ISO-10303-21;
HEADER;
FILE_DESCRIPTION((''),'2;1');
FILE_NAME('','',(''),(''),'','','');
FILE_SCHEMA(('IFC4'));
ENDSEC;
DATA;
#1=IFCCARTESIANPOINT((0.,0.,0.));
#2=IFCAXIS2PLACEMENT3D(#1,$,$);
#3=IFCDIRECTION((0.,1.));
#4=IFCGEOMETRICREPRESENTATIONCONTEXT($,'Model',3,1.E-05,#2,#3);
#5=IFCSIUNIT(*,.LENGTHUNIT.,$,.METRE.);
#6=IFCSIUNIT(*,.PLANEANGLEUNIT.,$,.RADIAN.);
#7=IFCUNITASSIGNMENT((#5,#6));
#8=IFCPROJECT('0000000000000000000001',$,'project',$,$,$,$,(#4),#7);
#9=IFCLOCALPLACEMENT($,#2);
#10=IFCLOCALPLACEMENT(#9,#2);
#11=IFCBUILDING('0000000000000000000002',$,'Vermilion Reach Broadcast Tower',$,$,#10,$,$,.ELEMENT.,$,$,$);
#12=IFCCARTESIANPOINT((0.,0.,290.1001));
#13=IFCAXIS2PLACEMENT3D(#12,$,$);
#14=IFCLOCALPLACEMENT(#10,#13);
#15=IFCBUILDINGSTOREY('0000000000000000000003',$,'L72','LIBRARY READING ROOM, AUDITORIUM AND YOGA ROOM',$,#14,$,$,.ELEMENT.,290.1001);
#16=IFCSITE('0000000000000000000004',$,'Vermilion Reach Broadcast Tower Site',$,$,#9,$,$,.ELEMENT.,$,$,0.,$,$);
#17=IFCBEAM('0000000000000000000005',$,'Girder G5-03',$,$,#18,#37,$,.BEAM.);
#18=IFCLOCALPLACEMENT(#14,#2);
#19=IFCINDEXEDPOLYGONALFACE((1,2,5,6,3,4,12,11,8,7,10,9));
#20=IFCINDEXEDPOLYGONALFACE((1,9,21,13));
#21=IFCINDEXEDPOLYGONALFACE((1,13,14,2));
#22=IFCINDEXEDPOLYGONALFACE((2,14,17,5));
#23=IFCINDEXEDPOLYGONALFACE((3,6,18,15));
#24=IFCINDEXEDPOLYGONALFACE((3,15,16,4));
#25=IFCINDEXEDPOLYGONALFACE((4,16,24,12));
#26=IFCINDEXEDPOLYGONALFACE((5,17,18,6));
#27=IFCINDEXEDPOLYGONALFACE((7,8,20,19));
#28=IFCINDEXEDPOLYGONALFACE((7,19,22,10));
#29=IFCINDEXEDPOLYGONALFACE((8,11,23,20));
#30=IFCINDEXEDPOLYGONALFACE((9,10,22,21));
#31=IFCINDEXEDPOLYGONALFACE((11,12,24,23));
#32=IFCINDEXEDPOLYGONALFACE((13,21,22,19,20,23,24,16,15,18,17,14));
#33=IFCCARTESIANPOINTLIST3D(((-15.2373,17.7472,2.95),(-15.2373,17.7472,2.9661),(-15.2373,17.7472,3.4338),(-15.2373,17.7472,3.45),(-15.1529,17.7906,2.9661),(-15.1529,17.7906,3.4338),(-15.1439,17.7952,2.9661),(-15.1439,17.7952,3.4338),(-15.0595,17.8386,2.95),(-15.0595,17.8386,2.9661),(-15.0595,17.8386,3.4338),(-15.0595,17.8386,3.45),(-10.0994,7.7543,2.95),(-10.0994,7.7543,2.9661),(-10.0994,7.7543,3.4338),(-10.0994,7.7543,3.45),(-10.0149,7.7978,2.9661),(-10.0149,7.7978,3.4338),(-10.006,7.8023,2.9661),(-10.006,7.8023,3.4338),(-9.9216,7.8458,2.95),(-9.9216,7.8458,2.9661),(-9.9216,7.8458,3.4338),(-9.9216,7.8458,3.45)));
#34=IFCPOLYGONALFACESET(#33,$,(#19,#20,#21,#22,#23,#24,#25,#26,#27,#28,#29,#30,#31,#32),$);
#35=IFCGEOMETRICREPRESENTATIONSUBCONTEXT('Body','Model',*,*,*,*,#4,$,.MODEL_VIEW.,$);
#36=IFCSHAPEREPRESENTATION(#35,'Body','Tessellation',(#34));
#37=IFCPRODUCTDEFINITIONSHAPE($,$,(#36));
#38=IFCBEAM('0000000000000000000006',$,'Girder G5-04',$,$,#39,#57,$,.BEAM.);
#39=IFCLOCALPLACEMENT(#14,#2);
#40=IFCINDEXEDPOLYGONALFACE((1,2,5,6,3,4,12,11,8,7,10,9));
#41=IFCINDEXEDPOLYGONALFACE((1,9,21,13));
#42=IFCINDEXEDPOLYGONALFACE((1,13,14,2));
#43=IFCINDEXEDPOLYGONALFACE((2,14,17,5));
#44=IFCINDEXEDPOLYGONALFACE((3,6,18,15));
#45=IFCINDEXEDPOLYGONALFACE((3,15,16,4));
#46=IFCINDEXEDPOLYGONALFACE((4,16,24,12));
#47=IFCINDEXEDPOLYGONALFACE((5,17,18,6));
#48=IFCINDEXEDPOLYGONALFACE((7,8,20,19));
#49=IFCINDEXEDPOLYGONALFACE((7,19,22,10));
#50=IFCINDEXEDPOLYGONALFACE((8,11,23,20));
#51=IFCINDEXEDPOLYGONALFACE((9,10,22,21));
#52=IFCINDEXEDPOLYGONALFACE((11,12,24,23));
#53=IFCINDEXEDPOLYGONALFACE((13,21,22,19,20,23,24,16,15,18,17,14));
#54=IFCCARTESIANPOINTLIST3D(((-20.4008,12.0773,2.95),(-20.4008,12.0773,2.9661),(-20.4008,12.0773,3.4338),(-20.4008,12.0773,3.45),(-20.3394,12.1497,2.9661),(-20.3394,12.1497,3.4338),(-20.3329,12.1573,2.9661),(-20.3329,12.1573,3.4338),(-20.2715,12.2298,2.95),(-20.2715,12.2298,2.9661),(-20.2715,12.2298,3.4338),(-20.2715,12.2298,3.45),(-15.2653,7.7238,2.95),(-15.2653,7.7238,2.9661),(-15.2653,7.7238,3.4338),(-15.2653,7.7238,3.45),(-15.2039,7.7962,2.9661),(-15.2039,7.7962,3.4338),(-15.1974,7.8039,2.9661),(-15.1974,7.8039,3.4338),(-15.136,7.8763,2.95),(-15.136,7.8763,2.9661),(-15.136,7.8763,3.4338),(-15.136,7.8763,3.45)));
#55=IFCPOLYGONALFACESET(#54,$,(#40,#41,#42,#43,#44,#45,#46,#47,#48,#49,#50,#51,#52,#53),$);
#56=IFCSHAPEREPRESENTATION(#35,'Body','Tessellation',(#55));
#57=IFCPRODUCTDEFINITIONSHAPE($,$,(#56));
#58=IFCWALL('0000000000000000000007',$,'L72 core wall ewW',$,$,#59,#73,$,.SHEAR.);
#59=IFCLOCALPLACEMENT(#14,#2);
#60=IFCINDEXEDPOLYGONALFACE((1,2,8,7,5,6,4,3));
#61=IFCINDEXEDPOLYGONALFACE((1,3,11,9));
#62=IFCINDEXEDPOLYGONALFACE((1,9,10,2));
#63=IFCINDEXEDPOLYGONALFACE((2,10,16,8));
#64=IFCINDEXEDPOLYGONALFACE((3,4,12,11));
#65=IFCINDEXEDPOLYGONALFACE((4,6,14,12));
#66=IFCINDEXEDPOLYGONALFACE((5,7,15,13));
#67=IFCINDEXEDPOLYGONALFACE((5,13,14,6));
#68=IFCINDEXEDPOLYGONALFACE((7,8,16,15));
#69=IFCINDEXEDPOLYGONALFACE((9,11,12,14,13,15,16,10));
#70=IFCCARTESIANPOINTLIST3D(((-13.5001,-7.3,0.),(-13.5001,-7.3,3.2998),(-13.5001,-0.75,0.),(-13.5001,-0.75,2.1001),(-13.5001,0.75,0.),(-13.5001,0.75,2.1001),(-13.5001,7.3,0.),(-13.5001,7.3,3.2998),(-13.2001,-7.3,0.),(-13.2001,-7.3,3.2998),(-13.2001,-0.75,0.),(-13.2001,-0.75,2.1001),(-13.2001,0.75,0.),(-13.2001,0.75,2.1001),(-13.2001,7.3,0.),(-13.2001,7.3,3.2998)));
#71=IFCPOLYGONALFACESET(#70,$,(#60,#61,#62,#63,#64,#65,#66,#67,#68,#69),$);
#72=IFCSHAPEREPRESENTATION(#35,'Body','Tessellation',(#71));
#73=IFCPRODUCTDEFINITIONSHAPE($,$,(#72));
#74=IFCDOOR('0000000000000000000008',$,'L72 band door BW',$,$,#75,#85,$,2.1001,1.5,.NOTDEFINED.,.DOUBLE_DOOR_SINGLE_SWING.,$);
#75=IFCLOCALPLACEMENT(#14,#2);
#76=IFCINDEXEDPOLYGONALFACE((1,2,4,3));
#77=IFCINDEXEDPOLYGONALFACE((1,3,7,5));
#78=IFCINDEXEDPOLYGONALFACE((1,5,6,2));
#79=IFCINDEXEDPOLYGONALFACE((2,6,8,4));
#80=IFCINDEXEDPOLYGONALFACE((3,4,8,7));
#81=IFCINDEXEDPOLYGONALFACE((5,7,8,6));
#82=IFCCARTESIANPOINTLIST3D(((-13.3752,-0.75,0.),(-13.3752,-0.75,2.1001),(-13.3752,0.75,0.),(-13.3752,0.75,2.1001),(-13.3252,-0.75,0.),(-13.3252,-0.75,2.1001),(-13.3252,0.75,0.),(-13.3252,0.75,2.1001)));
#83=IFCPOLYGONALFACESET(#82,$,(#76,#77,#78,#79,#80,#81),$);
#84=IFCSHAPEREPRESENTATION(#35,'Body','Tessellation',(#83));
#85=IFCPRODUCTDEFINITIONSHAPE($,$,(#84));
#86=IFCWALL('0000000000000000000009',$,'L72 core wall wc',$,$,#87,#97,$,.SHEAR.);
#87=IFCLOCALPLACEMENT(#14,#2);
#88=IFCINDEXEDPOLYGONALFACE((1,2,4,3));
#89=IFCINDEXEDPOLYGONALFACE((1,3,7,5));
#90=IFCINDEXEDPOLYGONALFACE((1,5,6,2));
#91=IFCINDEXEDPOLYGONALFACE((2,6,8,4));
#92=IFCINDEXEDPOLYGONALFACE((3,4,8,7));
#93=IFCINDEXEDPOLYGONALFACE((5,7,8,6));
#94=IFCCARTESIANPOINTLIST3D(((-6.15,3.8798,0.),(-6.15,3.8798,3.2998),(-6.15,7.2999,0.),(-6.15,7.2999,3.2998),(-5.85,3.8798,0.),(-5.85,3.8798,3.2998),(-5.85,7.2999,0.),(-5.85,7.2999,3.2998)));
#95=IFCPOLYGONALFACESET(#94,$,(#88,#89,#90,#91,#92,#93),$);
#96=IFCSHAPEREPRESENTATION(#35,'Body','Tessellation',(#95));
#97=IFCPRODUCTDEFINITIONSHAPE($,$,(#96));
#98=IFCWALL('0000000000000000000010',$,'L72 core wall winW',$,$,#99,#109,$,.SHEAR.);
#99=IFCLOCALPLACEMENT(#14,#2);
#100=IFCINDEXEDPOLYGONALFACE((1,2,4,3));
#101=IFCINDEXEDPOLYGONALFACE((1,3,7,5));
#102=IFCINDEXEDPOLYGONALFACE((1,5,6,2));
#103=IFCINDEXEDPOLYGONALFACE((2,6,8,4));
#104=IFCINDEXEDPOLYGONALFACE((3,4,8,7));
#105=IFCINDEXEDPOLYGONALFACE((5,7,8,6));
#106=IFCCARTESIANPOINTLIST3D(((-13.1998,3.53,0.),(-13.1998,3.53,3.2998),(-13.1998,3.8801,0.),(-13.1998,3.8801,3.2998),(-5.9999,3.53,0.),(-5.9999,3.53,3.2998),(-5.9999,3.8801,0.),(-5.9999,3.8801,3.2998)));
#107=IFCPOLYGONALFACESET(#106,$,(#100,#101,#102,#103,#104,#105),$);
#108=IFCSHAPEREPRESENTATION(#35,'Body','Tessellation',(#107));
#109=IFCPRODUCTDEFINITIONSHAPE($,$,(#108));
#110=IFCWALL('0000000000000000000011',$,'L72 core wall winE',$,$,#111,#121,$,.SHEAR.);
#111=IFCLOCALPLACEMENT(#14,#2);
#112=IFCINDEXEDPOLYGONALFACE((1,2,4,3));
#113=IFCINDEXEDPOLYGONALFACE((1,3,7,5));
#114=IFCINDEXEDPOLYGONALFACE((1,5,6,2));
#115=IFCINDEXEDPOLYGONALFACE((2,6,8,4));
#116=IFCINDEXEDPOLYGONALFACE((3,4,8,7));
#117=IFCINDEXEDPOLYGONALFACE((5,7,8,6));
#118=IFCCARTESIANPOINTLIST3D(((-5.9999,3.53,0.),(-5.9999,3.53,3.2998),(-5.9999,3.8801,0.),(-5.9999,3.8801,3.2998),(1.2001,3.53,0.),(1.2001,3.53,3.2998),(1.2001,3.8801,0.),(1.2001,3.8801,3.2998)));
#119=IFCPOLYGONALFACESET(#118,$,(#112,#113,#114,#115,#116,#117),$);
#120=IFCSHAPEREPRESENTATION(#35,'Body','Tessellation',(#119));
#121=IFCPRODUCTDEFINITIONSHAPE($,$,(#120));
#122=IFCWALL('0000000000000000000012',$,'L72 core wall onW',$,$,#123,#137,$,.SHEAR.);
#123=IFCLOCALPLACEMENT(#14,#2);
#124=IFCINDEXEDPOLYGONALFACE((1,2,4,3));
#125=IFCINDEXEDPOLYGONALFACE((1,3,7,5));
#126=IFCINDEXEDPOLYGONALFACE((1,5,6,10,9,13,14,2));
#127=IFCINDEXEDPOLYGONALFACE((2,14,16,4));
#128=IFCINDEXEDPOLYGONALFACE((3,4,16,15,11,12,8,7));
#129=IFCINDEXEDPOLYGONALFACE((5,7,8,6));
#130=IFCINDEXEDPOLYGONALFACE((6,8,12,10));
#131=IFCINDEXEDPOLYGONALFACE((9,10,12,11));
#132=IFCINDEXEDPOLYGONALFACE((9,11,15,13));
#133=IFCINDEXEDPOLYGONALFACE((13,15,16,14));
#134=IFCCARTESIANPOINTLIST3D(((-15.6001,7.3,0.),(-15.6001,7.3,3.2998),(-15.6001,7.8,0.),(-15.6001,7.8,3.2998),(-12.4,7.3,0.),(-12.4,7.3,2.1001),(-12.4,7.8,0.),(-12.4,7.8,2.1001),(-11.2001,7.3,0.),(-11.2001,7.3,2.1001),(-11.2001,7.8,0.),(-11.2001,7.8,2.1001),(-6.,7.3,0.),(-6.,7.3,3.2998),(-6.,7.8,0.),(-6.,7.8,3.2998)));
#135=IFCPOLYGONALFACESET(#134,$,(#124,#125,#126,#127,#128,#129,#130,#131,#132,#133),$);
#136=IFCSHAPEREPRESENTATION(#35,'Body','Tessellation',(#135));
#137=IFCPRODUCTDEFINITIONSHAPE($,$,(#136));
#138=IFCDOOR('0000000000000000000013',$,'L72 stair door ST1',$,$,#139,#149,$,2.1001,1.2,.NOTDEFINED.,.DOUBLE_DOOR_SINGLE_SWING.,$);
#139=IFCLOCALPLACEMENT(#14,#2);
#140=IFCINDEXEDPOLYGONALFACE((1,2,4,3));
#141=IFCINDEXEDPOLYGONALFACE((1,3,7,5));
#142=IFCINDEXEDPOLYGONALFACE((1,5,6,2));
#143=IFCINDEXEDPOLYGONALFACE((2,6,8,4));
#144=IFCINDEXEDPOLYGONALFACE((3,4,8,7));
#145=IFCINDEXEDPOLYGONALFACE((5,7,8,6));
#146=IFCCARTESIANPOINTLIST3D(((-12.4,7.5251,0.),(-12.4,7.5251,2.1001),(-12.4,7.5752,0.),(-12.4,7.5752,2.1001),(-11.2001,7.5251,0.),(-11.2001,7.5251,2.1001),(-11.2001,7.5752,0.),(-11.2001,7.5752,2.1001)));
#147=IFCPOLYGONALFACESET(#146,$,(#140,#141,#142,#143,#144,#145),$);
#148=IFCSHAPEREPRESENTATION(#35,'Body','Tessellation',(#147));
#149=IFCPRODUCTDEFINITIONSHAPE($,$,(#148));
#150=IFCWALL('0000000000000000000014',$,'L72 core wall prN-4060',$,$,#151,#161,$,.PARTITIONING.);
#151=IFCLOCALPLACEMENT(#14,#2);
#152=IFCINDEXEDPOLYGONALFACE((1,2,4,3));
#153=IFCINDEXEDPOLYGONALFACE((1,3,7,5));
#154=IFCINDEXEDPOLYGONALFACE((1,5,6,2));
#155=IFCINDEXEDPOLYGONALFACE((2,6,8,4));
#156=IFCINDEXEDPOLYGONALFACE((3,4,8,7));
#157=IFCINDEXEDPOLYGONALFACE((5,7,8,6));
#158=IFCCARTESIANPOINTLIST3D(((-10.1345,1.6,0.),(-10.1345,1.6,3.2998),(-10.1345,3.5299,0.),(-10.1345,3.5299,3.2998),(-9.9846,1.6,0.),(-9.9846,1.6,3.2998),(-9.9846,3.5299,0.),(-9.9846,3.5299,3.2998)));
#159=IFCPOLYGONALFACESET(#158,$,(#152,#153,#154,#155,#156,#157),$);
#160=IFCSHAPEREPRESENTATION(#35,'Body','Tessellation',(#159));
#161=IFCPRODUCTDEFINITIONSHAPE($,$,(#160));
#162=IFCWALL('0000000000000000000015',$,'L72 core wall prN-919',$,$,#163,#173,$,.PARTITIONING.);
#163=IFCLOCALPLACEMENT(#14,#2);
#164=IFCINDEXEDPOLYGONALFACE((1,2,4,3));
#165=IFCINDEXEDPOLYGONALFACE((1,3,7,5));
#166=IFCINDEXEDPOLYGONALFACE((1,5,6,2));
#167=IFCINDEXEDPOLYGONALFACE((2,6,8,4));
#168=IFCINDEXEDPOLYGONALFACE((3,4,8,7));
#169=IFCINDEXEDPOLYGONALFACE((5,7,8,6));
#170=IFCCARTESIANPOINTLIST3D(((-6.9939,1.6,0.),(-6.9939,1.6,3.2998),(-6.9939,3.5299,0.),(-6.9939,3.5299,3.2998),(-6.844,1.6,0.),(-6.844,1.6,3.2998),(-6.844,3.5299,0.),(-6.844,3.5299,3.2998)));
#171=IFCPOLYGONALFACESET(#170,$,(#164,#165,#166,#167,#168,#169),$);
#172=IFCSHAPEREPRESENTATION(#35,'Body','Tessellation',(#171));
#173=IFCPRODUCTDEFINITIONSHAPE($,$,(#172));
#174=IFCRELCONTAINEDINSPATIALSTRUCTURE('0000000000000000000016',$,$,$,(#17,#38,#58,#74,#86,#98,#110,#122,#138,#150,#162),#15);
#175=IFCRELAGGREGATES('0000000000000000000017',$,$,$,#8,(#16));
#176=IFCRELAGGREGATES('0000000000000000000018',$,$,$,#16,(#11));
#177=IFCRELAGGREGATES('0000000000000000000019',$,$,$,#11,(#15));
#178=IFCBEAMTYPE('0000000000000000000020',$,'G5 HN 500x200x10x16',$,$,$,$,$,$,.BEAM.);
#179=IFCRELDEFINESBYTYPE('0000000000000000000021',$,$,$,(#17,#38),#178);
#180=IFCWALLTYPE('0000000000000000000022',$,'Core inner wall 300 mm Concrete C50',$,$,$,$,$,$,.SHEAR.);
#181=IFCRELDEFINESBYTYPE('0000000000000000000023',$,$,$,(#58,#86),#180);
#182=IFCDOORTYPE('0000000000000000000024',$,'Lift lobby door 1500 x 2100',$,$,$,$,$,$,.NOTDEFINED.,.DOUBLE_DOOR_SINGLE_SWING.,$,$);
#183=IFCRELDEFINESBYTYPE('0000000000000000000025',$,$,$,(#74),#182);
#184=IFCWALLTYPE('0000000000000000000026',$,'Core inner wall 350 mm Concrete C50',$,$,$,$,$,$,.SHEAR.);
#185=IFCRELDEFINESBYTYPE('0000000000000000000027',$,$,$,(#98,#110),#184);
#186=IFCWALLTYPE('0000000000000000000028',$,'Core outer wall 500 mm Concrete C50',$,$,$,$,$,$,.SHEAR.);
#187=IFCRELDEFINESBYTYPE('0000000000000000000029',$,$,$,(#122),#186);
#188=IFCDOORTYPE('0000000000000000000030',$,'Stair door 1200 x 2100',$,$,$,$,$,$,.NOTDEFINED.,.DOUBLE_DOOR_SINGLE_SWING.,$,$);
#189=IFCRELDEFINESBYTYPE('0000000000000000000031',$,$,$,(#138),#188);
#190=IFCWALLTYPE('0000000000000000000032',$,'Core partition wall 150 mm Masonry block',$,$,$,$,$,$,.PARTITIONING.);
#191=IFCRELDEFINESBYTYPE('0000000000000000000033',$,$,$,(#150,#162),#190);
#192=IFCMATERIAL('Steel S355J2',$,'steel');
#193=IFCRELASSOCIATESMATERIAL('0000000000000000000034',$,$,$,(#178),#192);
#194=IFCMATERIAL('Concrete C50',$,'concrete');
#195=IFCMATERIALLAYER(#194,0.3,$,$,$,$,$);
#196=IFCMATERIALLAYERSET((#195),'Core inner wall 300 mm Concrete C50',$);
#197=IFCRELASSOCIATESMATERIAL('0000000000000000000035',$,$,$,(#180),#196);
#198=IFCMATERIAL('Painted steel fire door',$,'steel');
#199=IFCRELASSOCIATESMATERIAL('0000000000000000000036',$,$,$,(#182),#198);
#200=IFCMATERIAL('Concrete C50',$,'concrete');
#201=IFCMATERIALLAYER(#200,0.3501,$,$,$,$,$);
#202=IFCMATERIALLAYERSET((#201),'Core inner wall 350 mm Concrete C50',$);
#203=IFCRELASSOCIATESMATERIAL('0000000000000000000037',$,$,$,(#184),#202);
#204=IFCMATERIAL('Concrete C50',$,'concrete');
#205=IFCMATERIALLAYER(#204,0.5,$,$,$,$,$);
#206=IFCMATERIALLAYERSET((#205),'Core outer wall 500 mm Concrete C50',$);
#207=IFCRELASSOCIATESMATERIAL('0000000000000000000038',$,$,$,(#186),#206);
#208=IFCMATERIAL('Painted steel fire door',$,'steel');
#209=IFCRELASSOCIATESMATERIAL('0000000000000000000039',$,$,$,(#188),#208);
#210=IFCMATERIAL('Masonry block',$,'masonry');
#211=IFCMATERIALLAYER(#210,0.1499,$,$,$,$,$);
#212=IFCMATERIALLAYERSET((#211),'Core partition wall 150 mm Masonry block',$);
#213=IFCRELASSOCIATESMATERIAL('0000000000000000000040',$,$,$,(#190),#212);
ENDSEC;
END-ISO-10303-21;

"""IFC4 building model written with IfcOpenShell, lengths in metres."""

from ifc_helpers import new_model, si_unit, direction, frame, frame_2d, origin, origin_2d, place, context, subcontext, project, spatial, rectangle, i_section, extrude, material, layer, layer_set, material_profile, profile_set, type_object, element, fill, save


model = new_model("IFC4")

# Units and contexts
model_context = context("Model", 3, precision=1e-05, world=origin(), true_north=direction((0.0, 1.0)))
body_context = subcontext(model_context, "Body", "Model", "MODEL_VIEW")
ifc_project = project(units=[si_unit("LENGTHUNIT", "METRE"), si_unit("PLANEANGLEUNIT", "RADIAN")], contexts=[model_context])

# Site, building, storey
site_placement = place(None, origin())
site = spatial("IfcSite", under=ifc_project, at=site_placement, Name="Vermilion Reach Broadcast Tower Site", CompositionType="ELEMENT", RefElevation=0.0)
building_placement = place(site_placement, origin())
building = spatial("IfcBuilding", under=site, at=building_placement, Name="Vermilion Reach Broadcast Tower", CompositionType="ELEMENT")
storey_placement = place(building_placement, frame((0.0, 0.0, 290.1001)))
storey = spatial("IfcBuildingStorey", under=building, at=storey_placement, Name="L72", Description="LIBRARY READING ROOM, AUDITORIUM AND YOGA ROOM", CompositionType="ELEMENT", Elevation=290.1001)

# Beams
ifc_material_1 = material(Name="Steel S355J2", Category="steel")
ifc_material_profile = material_profile(ifc_material_1, i_section(OverallWidth=0.2, OverallDepth=0.5, WebThickness=0.01, FlangeThickness=0.0161, at=origin_2d()), Name="S355J2 HN 500x200x10x16")
ifc_profile_set = profile_set([ifc_material_profile], Name="Steel S355J2")
beam_type = type_object("IfcBeamType", Name="G5 HN 500x200x10x16", PredefinedType="BEAM", material=ifc_profile_set)
beam_1_placement = place(storey_placement, frame((-10.0105, 7.8, 3.2), z_axis=(-0.457258, 0.889334, 0.0), x_axis=(-0.889334, -0.457258, 0.0)))
element("IfcBeam", 1, at=beam_1_placement, inside=storey, type_object=beam_type, Name="Girder G5-03", PredefinedType="BEAM", context=body_context, shape_type="SweptSolid", body=[
    extrude(i_section(OverallWidth=0.2, OverallDepth=0.5, WebThickness=0.01, FlangeThickness=0.0161, at=origin_2d()), origin(), (0.0, 0.0, 1.0), 11.2363),
])
beam_2_placement = place(storey_placement, frame((-15.2007, 7.8, 3.2), z_axis=(-0.762793, 0.646643, 0.0), x_axis=(-0.646643, -0.762793, 0.0)))
element("IfcBeam", 2, at=beam_2_placement, inside=storey, type_object=beam_type, Name="Girder G5-04", PredefinedType="BEAM", context=body_context, shape_type="SweptSolid", body=[
    extrude(i_section(OverallWidth=0.2, OverallDepth=0.5, WebThickness=0.01, FlangeThickness=0.0161, at=origin_2d()), origin(), (0.0, 0.0, 1.0), 6.7324),
])

# Wall, opening, door
ifc_material_2 = material(Name="Concrete C50", Category="concrete")
ifc_layer_1 = layer(ifc_material_2, 0.3)
ifc_layer_set_1 = layer_set([ifc_layer_1], Name="Core inner wall 300 mm Concrete C50")
wall_type_1 = type_object("IfcWallType", Name="Core inner wall 300 mm Concrete C50", PredefinedType="SHEAR", material=ifc_layer_set_1)
wall_1_placement = place(storey_placement, frame((-13.3501, 7.3, 0.0), z_axis=(0.0, 0.0, 1.0), x_axis=(0.0, -1.0, 0.0)))
wall_1 = element("IfcWall", 3, at=wall_1_placement, inside=storey, type_object=wall_type_1, Name="L72 core wall ewW", PredefinedType="SHEAR", context=body_context, shape_type="SweptSolid", body=[
    extrude(rectangle(XDim=14.6001, YDim=0.3, at=frame_2d((7.3, 0.0))), origin(), (0.0, 0.0, 1.0), 3.2998),
])
opening_1_placement = place(wall_1_placement, frame((6.55, 0.0, 0.0)))
opening_1 = element("IfcOpeningElement", 4, at=opening_1_placement, cuts=wall_1, PredefinedType="OPENING", context=body_context, shape_type="SweptSolid", body=[
    extrude(rectangle(XDim=1.5, YDim=2.1001, at=frame_2d((0.75, 1.05))), frame((0.0, 0.1599, 0.0), z_axis=(0.0, -1.0, 0.0), x_axis=(1.0, 0.0, 0.0)), (0.0, 0.0, 1.0), 0.3201),
])
ifc_material_3 = material(Name="Painted steel fire door", Category="steel")
door_type_1 = type_object("IfcDoorType", Name="Lift lobby door 1500 x 2100", OperationType="DOUBLE_DOOR_SINGLE_SWING", PredefinedType="NOTDEFINED", material=ifc_material_3)
door_1_placement = place(opening_1_placement, origin())
door_1 = element("IfcDoor", 5, at=door_1_placement, inside=storey, type_object=door_type_1, Name="L72 band door BW", OperationType="DOUBLE_DOOR_SINGLE_SWING", OverallHeight=2.1001, OverallWidth=1.5, PredefinedType="NOTDEFINED", context=body_context, shape_type="SweptSolid", body=[
    extrude(rectangle(XDim=1.5, YDim=2.1001, at=frame_2d((0.75, 1.05))), frame((0.0, 0.0249, 0.0), z_axis=(0.0, -1.0, 0.0), x_axis=(1.0, 0.0, 0.0)), (0.0, 0.0, 1.0), 0.05),
])
fill(opening_1, door_1)

# Walls
wall_2_placement = place(storey_placement, frame((-6.0, 3.8799, 0.0), z_axis=(0.0, 0.0, 1.0), x_axis=(0.0, 1.0, 0.0)))
element("IfcWall", 6, at=wall_2_placement, inside=storey, type_object=wall_type_1, Name="L72 core wall wc", PredefinedType="SHEAR", context=body_context, shape_type="SweptSolid", body=[
    extrude(rectangle(XDim=3.4202, YDim=0.3, at=frame_2d((1.71, 0.0))), origin(), (0.0, 0.0, 1.0), 3.2998),
])
ifc_material_4 = material(Name="Concrete C50", Category="concrete")
ifc_layer_2 = layer(ifc_material_4, 0.3501)
ifc_layer_set_2 = layer_set([ifc_layer_2], Name="Core inner wall 350 mm Concrete C50")
wall_type_2 = type_object("IfcWallType", Name="Core inner wall 350 mm Concrete C50", PredefinedType="SHEAR", material=ifc_layer_set_2)
for number, where, z_axis, x_axis, name in (
    (7, (-13.2, 3.7051, 0.0), (0.0, 0.0, 1.0), (1.0, 0.0, 0.0), "L72 core wall winW"),
    (8, (-6.0, 3.7051, 0.0), (0.0, 0.0, 1.0), (1.0, 0.0, 0.0), "L72 core wall winE"),
):
    element("IfcWall", number, at=place(storey_placement, frame(where, z_axis=z_axis, x_axis=x_axis)), inside=storey, type_object=wall_type_2, Name=name, PredefinedType="SHEAR", context=body_context, shape_type="SweptSolid", body=[
        extrude(rectangle(XDim=7.2, YDim=0.3501, at=frame_2d((3.6001, 0.0))), origin(), (0.0, 0.0, 1.0), 3.2998),
    ])

# Wall, opening, door
ifc_material_5 = material(Name="Concrete C50", Category="concrete")
ifc_layer_3 = layer(ifc_material_5, 0.5)
ifc_layer_set_3 = layer_set([ifc_layer_3], Name="Core outer wall 500 mm Concrete C50")
wall_type_3 = type_object("IfcWallType", Name="Core outer wall 500 mm Concrete C50", PredefinedType="SHEAR", material=ifc_layer_set_3)
wall_3_placement = place(storey_placement, frame((-6.0, 7.55, 0.0), z_axis=(0.0, 0.0, 1.0), x_axis=(-1.0, 0.0, 0.0)))
wall_3 = element("IfcWall", 9, at=wall_3_placement, inside=storey, type_object=wall_type_3, Name="L72 core wall onW", PredefinedType="SHEAR", context=body_context, shape_type="SweptSolid", body=[
    extrude(rectangle(XDim=9.6001, YDim=0.5, at=frame_2d((4.8, 0.0))), origin(), (0.0, 0.0, 1.0), 3.2998),
])
opening_2_placement = place(wall_3_placement, frame((5.2, 0.0, 0.0)))
opening_2 = element("IfcOpeningElement", 10, at=opening_2_placement, cuts=wall_3, PredefinedType="OPENING", context=body_context, shape_type="SweptSolid", body=[
    extrude(rectangle(XDim=1.2, YDim=2.1001, at=frame_2d((0.6001, 1.05))), frame((0.0, 0.26, 0.0), z_axis=(0.0, -1.0, 0.0), x_axis=(1.0, 0.0, 0.0)), (0.0, 0.0, 1.0), 0.52),
])
ifc_material_6 = material(Name="Painted steel fire door", Category="steel")
door_type_2 = type_object("IfcDoorType", Name="Stair door 1200 x 2100", OperationType="DOUBLE_DOOR_SINGLE_SWING", PredefinedType="NOTDEFINED", material=ifc_material_6)
door_2_placement = place(opening_2_placement, origin())
door_2 = element("IfcDoor", 11, at=door_2_placement, inside=storey, type_object=door_type_2, Name="L72 stair door ST1", OperationType="DOUBLE_DOOR_SINGLE_SWING", OverallHeight=2.1001, OverallWidth=1.2, PredefinedType="NOTDEFINED", context=body_context, shape_type="SweptSolid", body=[
    extrude(rectangle(XDim=1.2, YDim=2.1001, at=frame_2d((0.6001, 1.05))), frame((0.0, 0.0249, 0.0), z_axis=(0.0, -1.0, 0.0), x_axis=(1.0, 0.0, 0.0)), (0.0, 0.0, 1.0), 0.05),
])
fill(opening_2, door_2)

# Walls
ifc_material_7 = material(Name="Masonry block", Category="masonry")
ifc_layer_4 = layer(ifc_material_7, 0.1499)
ifc_layer_set_4 = layer_set([ifc_layer_4], Name="Core partition wall 150 mm Masonry block")
wall_type_4 = type_object("IfcWallType", Name="Core partition wall 150 mm Masonry block", PredefinedType="PARTITIONING", material=ifc_layer_set_4)
for number, where, z_axis, x_axis, name in (
    (12, (-10.0596, 1.6001, 0.0), (0.0, 0.0, 1.0), (0.0, 1.0, 0.0), "L72 core wall prN-4060"),
    (13, (-6.9189, 1.6001, 0.0), (0.0, 0.0, 1.0), (0.0, 1.0, 0.0), "L72 core wall prN-919"),
):
    element("IfcWall", number, at=place(storey_placement, frame(where, z_axis=z_axis, x_axis=x_axis)), inside=storey, type_object=wall_type_4, Name=name, PredefinedType="PARTITIONING", context=body_context, shape_type="SweptSolid", body=[
        extrude(rectangle(XDim=1.9299, YDim=0.1499, at=frame_2d((0.9648, 0.0))), origin(), (0.0, 0.0, 1.0), 3.2998),
    ])

save(model, "model.ifc")
